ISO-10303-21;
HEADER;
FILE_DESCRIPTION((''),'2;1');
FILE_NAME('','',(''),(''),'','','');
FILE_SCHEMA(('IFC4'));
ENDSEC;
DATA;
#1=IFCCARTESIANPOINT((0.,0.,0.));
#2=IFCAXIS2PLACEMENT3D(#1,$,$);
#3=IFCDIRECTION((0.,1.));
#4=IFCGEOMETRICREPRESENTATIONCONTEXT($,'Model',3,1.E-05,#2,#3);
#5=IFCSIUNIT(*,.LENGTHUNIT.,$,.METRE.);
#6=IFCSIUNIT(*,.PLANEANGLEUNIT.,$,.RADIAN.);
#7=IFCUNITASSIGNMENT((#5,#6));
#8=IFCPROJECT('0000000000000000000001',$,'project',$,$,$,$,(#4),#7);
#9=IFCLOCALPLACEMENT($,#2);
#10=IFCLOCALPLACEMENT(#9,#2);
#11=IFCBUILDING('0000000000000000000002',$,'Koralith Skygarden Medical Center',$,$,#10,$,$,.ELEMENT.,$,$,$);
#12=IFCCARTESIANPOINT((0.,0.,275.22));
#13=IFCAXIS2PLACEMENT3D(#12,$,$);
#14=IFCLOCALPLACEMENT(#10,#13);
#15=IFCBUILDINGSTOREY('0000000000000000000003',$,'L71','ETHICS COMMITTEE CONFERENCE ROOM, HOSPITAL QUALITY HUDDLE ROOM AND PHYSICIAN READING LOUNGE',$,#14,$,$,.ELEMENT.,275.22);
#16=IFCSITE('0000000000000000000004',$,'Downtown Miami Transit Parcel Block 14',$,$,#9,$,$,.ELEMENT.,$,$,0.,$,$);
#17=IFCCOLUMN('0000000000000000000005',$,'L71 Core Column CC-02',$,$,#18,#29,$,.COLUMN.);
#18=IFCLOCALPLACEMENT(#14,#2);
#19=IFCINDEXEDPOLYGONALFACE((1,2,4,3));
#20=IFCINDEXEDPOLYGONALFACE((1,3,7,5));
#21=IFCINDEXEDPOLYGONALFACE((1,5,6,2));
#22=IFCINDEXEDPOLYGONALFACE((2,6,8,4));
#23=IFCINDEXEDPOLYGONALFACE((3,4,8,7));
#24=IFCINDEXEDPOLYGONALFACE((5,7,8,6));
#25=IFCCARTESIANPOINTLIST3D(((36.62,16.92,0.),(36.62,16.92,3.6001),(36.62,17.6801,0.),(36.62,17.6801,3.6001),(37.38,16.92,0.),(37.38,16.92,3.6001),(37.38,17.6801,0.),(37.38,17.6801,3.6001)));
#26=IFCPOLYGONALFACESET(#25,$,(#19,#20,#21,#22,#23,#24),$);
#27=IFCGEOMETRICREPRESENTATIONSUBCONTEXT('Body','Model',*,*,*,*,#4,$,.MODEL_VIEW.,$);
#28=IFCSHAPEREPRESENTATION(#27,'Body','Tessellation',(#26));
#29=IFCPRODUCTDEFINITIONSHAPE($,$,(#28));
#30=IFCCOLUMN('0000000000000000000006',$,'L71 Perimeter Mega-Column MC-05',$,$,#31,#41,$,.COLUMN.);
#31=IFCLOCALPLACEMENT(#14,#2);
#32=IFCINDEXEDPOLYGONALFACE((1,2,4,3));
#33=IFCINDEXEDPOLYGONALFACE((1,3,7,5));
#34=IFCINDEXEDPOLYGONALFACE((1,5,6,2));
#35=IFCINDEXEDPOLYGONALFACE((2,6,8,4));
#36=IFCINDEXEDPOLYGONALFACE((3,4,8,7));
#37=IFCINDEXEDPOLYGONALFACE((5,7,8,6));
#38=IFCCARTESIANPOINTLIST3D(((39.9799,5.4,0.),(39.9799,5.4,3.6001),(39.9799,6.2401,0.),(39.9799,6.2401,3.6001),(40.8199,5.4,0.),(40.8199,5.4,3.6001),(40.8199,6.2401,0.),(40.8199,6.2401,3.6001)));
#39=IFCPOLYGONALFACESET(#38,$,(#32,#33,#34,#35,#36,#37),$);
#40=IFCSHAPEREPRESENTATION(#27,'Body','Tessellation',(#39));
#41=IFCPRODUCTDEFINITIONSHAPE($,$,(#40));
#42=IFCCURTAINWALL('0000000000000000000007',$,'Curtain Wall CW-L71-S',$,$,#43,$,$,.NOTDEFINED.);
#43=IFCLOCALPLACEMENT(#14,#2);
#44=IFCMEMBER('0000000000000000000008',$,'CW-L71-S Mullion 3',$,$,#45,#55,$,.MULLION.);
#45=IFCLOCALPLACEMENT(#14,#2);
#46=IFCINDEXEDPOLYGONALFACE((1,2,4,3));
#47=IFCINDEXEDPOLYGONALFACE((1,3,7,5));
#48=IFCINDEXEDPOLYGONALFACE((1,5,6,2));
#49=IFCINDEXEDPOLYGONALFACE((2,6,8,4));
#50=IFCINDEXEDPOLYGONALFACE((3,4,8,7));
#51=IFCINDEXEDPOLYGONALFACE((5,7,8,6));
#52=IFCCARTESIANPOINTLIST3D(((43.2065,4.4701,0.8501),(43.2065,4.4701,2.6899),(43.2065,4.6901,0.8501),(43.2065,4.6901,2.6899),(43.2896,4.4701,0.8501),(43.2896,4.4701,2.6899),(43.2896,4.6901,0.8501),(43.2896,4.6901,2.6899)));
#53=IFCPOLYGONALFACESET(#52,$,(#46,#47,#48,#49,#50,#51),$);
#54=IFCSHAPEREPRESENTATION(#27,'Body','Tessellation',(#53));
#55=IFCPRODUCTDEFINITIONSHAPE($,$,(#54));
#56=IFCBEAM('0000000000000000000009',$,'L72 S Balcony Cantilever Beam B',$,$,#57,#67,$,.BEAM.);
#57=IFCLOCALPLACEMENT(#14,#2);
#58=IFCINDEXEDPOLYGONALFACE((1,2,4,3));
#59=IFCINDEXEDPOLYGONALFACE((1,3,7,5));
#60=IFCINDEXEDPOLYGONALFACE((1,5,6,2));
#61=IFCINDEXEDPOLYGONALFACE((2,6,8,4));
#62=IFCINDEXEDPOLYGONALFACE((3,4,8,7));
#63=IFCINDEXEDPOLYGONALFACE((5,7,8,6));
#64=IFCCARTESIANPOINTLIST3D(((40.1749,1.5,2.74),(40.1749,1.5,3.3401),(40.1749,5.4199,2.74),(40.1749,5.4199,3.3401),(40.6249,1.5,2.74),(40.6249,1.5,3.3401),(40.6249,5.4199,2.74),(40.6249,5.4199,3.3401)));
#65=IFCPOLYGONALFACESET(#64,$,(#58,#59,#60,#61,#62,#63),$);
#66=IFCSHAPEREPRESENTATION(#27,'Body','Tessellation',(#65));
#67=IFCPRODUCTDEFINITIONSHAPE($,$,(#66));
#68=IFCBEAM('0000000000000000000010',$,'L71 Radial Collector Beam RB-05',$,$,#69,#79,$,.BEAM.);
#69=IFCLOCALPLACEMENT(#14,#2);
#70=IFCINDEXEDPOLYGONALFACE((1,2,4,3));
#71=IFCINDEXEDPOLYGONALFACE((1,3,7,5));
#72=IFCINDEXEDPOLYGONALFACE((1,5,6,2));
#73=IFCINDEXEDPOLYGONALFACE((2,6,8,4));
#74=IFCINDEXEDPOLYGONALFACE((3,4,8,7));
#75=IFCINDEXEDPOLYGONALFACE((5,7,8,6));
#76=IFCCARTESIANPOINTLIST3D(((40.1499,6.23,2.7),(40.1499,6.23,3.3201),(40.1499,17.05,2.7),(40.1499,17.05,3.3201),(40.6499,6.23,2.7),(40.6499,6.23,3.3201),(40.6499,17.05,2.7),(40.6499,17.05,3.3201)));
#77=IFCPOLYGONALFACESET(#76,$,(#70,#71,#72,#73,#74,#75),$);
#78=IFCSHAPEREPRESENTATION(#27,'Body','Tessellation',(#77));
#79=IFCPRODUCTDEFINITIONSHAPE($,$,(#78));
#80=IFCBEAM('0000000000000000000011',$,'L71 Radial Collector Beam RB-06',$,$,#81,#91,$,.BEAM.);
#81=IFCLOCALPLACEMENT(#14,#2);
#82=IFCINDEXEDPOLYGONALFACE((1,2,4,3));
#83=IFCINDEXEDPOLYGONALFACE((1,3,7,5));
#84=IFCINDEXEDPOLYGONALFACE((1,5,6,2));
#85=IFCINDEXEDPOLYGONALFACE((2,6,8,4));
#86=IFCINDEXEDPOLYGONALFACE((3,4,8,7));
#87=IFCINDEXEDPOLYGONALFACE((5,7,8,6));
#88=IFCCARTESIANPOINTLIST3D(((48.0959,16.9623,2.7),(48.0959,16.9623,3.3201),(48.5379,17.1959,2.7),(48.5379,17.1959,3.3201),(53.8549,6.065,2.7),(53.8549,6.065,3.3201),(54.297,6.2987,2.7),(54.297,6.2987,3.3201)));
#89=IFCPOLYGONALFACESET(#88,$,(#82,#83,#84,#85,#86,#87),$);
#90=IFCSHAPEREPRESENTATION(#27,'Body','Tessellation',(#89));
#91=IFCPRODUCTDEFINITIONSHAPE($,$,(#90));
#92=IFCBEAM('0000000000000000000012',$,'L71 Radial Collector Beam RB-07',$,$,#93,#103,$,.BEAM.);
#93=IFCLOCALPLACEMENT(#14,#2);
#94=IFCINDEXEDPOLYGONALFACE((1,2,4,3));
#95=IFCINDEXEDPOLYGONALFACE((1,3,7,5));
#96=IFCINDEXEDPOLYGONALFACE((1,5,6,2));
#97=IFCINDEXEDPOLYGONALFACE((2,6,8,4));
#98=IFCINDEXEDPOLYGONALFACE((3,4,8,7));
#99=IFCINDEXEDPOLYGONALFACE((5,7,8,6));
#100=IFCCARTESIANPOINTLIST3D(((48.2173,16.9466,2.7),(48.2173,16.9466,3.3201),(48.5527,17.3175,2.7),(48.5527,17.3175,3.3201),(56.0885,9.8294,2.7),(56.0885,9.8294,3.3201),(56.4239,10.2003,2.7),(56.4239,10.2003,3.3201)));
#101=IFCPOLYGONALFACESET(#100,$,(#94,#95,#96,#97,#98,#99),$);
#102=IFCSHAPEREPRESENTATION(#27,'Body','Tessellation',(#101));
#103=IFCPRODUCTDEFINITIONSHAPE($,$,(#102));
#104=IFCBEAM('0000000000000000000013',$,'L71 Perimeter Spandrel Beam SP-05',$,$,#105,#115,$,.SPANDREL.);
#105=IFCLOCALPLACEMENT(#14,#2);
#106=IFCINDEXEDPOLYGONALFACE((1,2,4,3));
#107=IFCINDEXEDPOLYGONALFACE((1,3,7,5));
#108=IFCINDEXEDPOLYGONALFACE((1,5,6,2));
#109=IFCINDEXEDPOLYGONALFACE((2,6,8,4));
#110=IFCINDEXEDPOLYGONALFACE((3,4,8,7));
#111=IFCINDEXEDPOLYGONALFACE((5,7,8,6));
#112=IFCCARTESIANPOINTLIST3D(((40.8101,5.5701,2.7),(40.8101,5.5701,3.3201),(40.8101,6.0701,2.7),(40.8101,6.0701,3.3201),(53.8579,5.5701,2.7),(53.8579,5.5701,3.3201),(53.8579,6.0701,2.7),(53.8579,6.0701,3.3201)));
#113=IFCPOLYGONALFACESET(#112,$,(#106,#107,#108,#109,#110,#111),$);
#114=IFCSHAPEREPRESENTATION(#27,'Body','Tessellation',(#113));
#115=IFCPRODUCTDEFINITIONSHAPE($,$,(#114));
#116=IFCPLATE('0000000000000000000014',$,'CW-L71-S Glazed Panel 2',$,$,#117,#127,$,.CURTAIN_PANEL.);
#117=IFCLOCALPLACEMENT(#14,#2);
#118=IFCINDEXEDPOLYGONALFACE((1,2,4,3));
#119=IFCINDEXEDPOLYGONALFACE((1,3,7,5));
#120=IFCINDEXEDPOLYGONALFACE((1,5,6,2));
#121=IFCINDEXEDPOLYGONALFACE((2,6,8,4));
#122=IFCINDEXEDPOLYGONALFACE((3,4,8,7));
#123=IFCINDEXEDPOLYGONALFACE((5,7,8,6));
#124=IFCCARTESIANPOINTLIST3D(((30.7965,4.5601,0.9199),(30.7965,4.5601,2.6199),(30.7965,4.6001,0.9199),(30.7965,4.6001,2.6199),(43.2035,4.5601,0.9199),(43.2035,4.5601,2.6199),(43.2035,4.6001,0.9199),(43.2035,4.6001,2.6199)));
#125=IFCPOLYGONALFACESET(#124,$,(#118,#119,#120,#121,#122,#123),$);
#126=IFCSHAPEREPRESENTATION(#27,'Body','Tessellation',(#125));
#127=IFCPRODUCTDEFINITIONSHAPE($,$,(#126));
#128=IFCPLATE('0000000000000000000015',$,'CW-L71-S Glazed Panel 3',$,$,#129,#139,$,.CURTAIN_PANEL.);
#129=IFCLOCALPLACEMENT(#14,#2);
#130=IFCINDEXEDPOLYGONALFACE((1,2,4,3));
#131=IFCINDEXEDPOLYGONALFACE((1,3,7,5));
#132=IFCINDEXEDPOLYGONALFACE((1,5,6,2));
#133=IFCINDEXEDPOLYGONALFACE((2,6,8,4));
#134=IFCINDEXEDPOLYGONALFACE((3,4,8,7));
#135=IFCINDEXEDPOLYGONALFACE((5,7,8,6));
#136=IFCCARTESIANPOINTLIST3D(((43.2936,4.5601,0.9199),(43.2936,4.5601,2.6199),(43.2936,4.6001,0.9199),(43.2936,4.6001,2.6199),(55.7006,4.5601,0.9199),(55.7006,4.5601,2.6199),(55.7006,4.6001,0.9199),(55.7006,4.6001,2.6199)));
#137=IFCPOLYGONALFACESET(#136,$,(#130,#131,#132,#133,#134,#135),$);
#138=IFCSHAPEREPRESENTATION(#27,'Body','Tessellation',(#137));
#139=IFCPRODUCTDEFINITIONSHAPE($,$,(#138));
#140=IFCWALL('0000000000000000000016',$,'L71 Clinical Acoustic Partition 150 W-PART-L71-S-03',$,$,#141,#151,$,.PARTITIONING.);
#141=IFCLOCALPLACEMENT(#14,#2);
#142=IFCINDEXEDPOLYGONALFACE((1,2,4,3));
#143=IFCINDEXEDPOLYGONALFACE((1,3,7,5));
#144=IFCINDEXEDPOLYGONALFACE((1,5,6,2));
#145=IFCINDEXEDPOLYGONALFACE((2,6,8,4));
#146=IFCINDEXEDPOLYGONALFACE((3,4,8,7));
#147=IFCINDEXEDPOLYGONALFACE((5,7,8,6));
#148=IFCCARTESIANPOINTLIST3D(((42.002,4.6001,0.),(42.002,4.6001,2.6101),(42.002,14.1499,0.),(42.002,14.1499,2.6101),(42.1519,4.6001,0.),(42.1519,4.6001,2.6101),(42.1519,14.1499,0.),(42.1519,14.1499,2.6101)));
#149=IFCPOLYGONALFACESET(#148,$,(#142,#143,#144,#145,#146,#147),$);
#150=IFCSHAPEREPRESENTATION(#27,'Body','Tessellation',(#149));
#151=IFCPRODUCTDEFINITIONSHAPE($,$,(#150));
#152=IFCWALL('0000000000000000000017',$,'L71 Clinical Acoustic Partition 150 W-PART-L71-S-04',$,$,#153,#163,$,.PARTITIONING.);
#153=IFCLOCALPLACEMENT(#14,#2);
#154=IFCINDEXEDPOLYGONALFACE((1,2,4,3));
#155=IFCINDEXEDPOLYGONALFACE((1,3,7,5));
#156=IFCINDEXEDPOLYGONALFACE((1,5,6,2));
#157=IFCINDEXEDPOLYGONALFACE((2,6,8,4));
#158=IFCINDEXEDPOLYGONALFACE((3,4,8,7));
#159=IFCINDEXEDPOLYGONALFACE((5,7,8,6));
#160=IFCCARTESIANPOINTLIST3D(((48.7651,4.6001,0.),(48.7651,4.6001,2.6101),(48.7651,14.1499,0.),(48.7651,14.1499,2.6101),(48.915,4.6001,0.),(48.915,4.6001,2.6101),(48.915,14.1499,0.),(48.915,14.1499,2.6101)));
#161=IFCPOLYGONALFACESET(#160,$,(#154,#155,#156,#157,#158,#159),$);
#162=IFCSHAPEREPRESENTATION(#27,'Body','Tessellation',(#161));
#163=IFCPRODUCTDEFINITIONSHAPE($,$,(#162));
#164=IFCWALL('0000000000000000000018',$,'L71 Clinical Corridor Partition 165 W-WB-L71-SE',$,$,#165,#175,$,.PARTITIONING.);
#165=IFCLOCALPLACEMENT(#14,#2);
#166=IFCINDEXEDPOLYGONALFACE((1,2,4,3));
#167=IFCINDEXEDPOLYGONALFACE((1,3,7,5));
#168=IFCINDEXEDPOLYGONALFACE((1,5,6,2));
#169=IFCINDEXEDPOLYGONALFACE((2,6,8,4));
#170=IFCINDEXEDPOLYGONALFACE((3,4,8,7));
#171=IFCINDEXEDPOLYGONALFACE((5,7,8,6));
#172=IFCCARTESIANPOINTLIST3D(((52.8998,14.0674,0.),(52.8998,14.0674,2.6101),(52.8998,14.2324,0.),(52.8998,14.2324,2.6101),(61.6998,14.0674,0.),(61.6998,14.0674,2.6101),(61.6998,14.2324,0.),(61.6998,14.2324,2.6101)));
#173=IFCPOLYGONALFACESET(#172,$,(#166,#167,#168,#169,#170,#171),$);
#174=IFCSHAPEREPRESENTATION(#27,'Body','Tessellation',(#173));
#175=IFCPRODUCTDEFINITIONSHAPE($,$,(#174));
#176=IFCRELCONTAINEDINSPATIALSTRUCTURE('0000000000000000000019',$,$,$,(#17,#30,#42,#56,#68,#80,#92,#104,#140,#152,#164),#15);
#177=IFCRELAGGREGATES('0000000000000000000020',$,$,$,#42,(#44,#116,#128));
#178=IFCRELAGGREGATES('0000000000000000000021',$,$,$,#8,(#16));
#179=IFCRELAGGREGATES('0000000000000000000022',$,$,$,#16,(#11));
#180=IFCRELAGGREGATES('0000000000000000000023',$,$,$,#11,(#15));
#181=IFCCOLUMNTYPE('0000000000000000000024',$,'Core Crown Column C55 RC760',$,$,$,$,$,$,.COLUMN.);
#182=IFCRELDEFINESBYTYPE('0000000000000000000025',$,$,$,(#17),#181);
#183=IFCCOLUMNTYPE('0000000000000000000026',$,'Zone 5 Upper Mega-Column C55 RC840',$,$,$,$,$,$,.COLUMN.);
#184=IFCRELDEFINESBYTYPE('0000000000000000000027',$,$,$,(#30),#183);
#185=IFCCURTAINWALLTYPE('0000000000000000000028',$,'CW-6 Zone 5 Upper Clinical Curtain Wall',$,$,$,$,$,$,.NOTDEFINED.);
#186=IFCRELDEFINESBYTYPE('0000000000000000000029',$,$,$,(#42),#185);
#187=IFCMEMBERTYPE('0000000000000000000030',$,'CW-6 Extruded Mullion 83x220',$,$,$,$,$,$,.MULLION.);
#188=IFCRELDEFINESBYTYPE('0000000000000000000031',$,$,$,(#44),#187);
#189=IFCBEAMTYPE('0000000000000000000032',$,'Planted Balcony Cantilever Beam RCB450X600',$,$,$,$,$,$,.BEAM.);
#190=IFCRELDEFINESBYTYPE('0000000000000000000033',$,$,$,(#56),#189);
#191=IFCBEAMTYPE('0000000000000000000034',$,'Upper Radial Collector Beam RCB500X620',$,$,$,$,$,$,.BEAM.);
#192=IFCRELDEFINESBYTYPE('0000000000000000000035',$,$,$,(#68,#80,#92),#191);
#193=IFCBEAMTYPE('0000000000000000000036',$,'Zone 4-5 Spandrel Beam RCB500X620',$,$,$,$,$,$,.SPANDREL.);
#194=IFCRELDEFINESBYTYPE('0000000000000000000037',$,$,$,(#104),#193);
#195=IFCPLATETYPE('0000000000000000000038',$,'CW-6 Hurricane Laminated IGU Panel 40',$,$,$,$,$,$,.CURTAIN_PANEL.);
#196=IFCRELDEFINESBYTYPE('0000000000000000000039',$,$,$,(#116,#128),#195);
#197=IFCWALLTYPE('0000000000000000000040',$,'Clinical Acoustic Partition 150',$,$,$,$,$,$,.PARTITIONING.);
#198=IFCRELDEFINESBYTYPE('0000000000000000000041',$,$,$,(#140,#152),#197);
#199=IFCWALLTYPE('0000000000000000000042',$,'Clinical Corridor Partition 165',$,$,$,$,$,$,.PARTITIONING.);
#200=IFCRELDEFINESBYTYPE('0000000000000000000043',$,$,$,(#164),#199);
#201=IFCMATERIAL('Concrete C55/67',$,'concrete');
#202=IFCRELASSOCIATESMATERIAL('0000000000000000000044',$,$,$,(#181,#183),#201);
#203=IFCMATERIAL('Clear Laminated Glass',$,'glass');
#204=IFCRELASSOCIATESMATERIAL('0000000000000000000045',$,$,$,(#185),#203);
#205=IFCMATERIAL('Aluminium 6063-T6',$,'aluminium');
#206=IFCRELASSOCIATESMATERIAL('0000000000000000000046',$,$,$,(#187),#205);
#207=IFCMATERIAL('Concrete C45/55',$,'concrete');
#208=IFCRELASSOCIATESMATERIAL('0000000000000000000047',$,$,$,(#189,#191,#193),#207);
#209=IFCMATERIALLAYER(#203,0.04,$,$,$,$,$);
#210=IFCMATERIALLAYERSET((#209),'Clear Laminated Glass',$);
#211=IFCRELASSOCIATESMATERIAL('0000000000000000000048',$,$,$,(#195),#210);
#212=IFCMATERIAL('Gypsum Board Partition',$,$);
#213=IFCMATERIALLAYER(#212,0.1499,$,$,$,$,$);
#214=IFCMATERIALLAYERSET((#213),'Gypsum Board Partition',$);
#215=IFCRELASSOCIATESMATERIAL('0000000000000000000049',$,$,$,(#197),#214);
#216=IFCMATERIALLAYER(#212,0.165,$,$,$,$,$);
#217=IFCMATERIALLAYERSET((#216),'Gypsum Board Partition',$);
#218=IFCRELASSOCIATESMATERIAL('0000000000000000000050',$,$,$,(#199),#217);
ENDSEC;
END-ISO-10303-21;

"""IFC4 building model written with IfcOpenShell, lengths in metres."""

from ifc_helpers import new_model, si_unit, direction, frame, frame_2d, origin, origin_2d, place, context, subcontext, project, spatial, rectangle, extrude, material, layer, layer_set, material_profile, profile_set, type_object, element, aggregate, save


model = new_model("IFC4")

# Units and contexts
model_context = context("Model", 3, precision=1e-05, world=origin(), true_north=direction((0.0, 1.0)))
body_context = subcontext(model_context, "Body", "Model", "MODEL_VIEW")
ifc_project = project(units=[si_unit("LENGTHUNIT", "METRE"), si_unit("PLANEANGLEUNIT", "RADIAN")], contexts=[model_context])

# Site, building, storey
site_placement = place(None, origin())
site = spatial("IfcSite", under=ifc_project, at=site_placement, Name="Downtown Miami Transit Parcel Block 14", CompositionType="ELEMENT", RefElevation=0.0)
building_placement = place(site_placement, origin())
building = spatial("IfcBuilding", under=site, at=building_placement, Name="Koralith Skygarden Medical Center", CompositionType="ELEMENT")
storey_placement = place(building_placement, frame((0.0, 0.0, 275.22)))
storey = spatial("IfcBuildingStorey", under=building, at=storey_placement, Name="L71", Description="ETHICS COMMITTEE CONFERENCE ROOM, HOSPITAL QUALITY HUDDLE ROOM AND PHYSICIAN READING LOUNGE", CompositionType="ELEMENT", Elevation=275.22)

# Columns
ifc_material_1 = material(Name="Concrete C55/67", Category="concrete")
ifc_material_profile_1 = material_profile(ifc_material_1, rectangle(XDim=0.76, YDim=0.76, at=origin_2d()), Name="RC760X760")
ifc_profile_set_1 = profile_set([ifc_material_profile_1], Name="Concrete C55/67")
column_type_1 = type_object("IfcColumnType", Name="Core Crown Column C55 RC760", PredefinedType="COLUMN", material=ifc_profile_set_1)
column_1_placement = place(storey_placement, frame((37.0, 17.3, 0.0), z_axis=(0.0, 0.0, 1.0), x_axis=(1.0, 0.0, 0.0)))
element("IfcColumn", 1, at=column_1_placement, inside=storey, type_object=column_type_1, Name="L71 Core Column CC-02", PredefinedType="COLUMN", context=body_context, shape_type="SweptSolid", body=[
    extrude(rectangle(XDim=0.76, YDim=0.76, at=origin_2d()), origin(), (0.0, 0.0, 1.0), 3.6001),
])
ifc_material_profile_2 = material_profile(ifc_material_1, rectangle(XDim=0.8401, YDim=0.8401, at=origin_2d()), Name="RC840X840")
ifc_profile_set_2 = profile_set([ifc_material_profile_2], Name="Concrete C55/67")
column_type_2 = type_object("IfcColumnType", Name="Zone 5 Upper Mega-Column C55 RC840", PredefinedType="COLUMN", material=ifc_profile_set_2)
column_2_placement = place(storey_placement, frame((40.3999, 5.8201, 0.0), z_axis=(0.0, 0.0, 1.0), x_axis=(1.0, 0.0, 0.0)))
element("IfcColumn", 2, at=column_2_placement, inside=storey, type_object=column_type_2, Name="L71 Perimeter Mega-Column MC-05", PredefinedType="COLUMN", context=body_context, shape_type="SweptSolid", body=[
    extrude(rectangle(XDim=0.8401, YDim=0.8401, at=origin_2d()), origin(), (0.0, 0.0, 1.0), 3.6001),
])

# Curtain wall, member
ifc_material_2 = material(Name="Clear Laminated Glass", Category="glass")
curtain_wall_type = type_object("IfcCurtainWallType", Name="CW-6 Zone 5 Upper Clinical Curtain Wall", PredefinedType="NOTDEFINED", material=ifc_material_2)
curtain_wall_placement = place(storey_placement, origin())
curtain_wall = element("IfcCurtainWall", 3, at=curtain_wall_placement, inside=storey, type_object=curtain_wall_type, Name="Curtain Wall CW-L71-S", PredefinedType="NOTDEFINED")
ifc_material_3 = material(Name="Aluminium 6063-T6", Category="aluminium")
ifc_material_profile_3 = material_profile(ifc_material_3, rectangle(XDim=0.083, YDim=0.22, at=origin_2d()), Name="MUL83X220")
ifc_profile_set_3 = profile_set([ifc_material_profile_3], Name="Aluminium 6063-T6")
member_type = type_object("IfcMemberType", Name="CW-6 Extruded Mullion 83x220", PredefinedType="MULLION", material=ifc_profile_set_3)
member_placement = place(storey_placement, frame((43.248, 4.5801, 0.8501), z_axis=(0.0, 0.0, 1.0), x_axis=(1.0, 0.0, 0.0)))
member = element("IfcMember", 4, at=member_placement, type_object=member_type, Name="CW-L71-S Mullion 3", PredefinedType="MULLION", context=body_context, shape_type="SweptSolid", body=[
    extrude(rectangle(XDim=0.083, YDim=0.22, at=origin_2d()), origin(), (0.0, 0.0, 1.0), 1.8398),
])

# Beams
ifc_material_4 = material(Name="Concrete C45/55", Category="concrete")
ifc_material_profile_4 = material_profile(ifc_material_4, rectangle(XDim=0.45, YDim=0.6001, at=origin_2d()), Name="RCB450X600")
ifc_profile_set_4 = profile_set([ifc_material_profile_4], Name="Concrete C45/55")
beam_type_1 = type_object("IfcBeamType", Name="Planted Balcony Cantilever Beam RCB450X600", PredefinedType="BEAM", material=ifc_profile_set_4)
beam_1_placement = place(storey_placement, frame((40.3999, 5.4199, 3.04), z_axis=(0.0, -1.0, 0.0), x_axis=(1.0, 0.0, 0.0)))
element("IfcBeam", 5, at=beam_1_placement, inside=storey, type_object=beam_type_1, Name="L72 S Balcony Cantilever Beam B", PredefinedType="BEAM", context=body_context, shape_type="SweptSolid", body=[
    extrude(rectangle(XDim=0.45, YDim=0.6001, at=origin_2d()), origin(), (0.0, 0.0, 1.0), 3.9199),
])
ifc_material_profile_5 = material_profile(ifc_material_4, rectangle(XDim=0.5, YDim=0.6201, at=origin_2d()), Name="RCB500X620")
ifc_profile_set_5 = profile_set([ifc_material_profile_5], Name="Concrete C45/55")
beam_type_2 = type_object("IfcBeamType", Name="Upper Radial Collector Beam RCB500X620", PredefinedType="BEAM", material=ifc_profile_set_5)
beam_2_placement = place(storey_placement, frame((40.3999, 17.05, 3.01), z_axis=(0.0, -1.0, 0.0), x_axis=(1.0, 0.0, 0.0)))
element("IfcBeam", 6, at=beam_2_placement, inside=storey, type_object=beam_type_2, Name="L71 Radial Collector Beam RB-05", PredefinedType="BEAM", context=body_context, shape_type="SweptSolid", body=[
    extrude(rectangle(XDim=0.5, YDim=0.6201, at=origin_2d()), origin(), (0.0, 0.0, 1.0), 10.8201),
])
beam_3_placement = place(storey_placement, frame((48.3169, 17.0791, 3.01), z_axis=(0.467249, -0.884126, 0.0), x_axis=(0.884126, 0.467249, 0.0)))
element("IfcBeam", 7, at=beam_3_placement, inside=storey, type_object=beam_type_2, Name="L71 Radial Collector Beam RB-06", PredefinedType="BEAM", context=body_context, shape_type="SweptSolid", body=[
    extrude(rectangle(XDim=0.5, YDim=0.6201, at=origin_2d()), origin(), (0.0, 0.0, 1.0), 12.3254),
])
beam_4_placement = place(storey_placement, frame((48.385, 17.1321, 3.01), z_axis=(0.741736, -0.670692, 0.0), x_axis=(0.670692, 0.741736, 0.0)))
element("IfcBeam", 8, at=beam_4_placement, inside=storey, type_object=beam_type_2, Name="L71 Radial Collector Beam RB-07", PredefinedType="BEAM", context=body_context, shape_type="SweptSolid", body=[
    extrude(rectangle(XDim=0.5, YDim=0.6201, at=origin_2d()), origin(), (0.0, 0.0, 1.0), 10.6118),
])
ifc_material_profile_6 = material_profile(ifc_material_4, rectangle(XDim=0.5, YDim=0.6201, at=origin_2d()), Name="RCB500X620")
ifc_profile_set_6 = profile_set([ifc_material_profile_6], Name="Concrete C45/55")
beam_type_3 = type_object("IfcBeamType", Name="Zone 4-5 Spandrel Beam RCB500X620", PredefinedType="SPANDREL", material=ifc_profile_set_6)
beam_5_placement = place(storey_placement, frame((40.8101, 5.8201, 3.01), z_axis=(1.0, 0.0, 0.0), x_axis=(0.0, 1.0, 0.0)))
element("IfcBeam", 9, at=beam_5_placement, inside=storey, type_object=beam_type_3, Name="L71 Perimeter Spandrel Beam SP-05", PredefinedType="SPANDREL", context=body_context, shape_type="SweptSolid", body=[
    extrude(rectangle(XDim=0.5, YDim=0.6201, at=origin_2d()), origin(), (0.0, 0.0, 1.0), 13.0479),
])

# Plates
ifc_layer_1 = layer(ifc_material_2, 0.04)
ifc_layer_set_1 = layer_set([ifc_layer_1], Name="Clear Laminated Glass")
plate_type = type_object("IfcPlateType", Name="CW-6 Hurricane Laminated IGU Panel 40", PredefinedType="CURTAIN_PANEL", material=ifc_layer_set_1)
plate_1_placement = place(storey_placement, frame((37.0, 4.5801, 0.9199), z_axis=(0.0, 0.0, 1.0), x_axis=(1.0, 0.0, 0.0)))
plate_1 = element("IfcPlate", 10, at=plate_1_placement, type_object=plate_type, Name="CW-L71-S Glazed Panel 2", PredefinedType="CURTAIN_PANEL", context=body_context, shape_type="SweptSolid", body=[
    extrude(rectangle(XDim=12.407, YDim=0.04, at=origin_2d()), origin(), (0.0, 0.0, 1.0), 1.7),
])
plate_2_placement = place(storey_placement, frame((49.4971, 4.5801, 0.9199), z_axis=(0.0, 0.0, 1.0), x_axis=(1.0, 0.0, 0.0)))
plate_2 = element("IfcPlate", 11, at=plate_2_placement, type_object=plate_type, Name="CW-L71-S Glazed Panel 3", PredefinedType="CURTAIN_PANEL", context=body_context, shape_type="SweptSolid", body=[
    extrude(rectangle(XDim=12.407, YDim=0.04, at=origin_2d()), origin(), (0.0, 0.0, 1.0), 1.7),
])
aggregate(curtain_wall, [member, plate_1, plate_2])

# Walls
ifc_material_5 = material(Name="Gypsum Board Partition")
ifc_layer_2 = layer(ifc_material_5, 0.1499)
ifc_layer_set_2 = layer_set([ifc_layer_2], Name="Gypsum Board Partition")
wall_type_1 = type_object("IfcWallType", Name="Clinical Acoustic Partition 150", PredefinedType="PARTITIONING", material=ifc_layer_set_2)
for number, where, z_axis, x_axis, name in (
    (12, (42.0769, 14.1499, 0.0), (0.0, 0.0, 1.0), (0.0, -1.0, 0.0), "L71 Clinical Acoustic Partition 150 W-PART-L71-S-03"),
    (13, (48.8401, 14.1499, 0.0), (0.0, 0.0, 1.0), (0.0, -1.0, 0.0), "L71 Clinical Acoustic Partition 150 W-PART-L71-S-04"),
):
    element("IfcWall", number, at=place(storey_placement, frame(where, z_axis=z_axis, x_axis=x_axis)), inside=storey, type_object=wall_type_1, Name=name, PredefinedType="PARTITIONING", context=body_context, shape_type="SweptSolid", body=[
        extrude(rectangle(XDim=9.5498, YDim=0.1499, at=frame_2d((4.7749, 0.0))), origin(), (0.0, 0.0, 1.0), 2.6101),
    ])
ifc_layer_3 = layer(ifc_material_5, 0.165)
ifc_layer_set_3 = layer_set([ifc_layer_3], Name="Gypsum Board Partition")
wall_type_2 = type_object("IfcWallType", Name="Clinical Corridor Partition 165", PredefinedType="PARTITIONING", material=ifc_layer_set_3)
wall_1_placement = place(storey_placement, frame((52.8999, 14.1499, 0.0), z_axis=(0.0, 0.0, 1.0), x_axis=(1.0, 0.0, 0.0)))
element("IfcWall", 14, at=wall_1_placement, inside=storey, type_object=wall_type_2, Name="L71 Clinical Corridor Partition 165 W-WB-L71-SE", PredefinedType="PARTITIONING", context=body_context, shape_type="SweptSolid", body=[
    extrude(rectangle(XDim=8.8, YDim=0.165, at=frame_2d((4.3999, 0.0))), origin(), (0.0, 0.0, 1.0), 2.6101),
])

save(model, "model.ifc")
